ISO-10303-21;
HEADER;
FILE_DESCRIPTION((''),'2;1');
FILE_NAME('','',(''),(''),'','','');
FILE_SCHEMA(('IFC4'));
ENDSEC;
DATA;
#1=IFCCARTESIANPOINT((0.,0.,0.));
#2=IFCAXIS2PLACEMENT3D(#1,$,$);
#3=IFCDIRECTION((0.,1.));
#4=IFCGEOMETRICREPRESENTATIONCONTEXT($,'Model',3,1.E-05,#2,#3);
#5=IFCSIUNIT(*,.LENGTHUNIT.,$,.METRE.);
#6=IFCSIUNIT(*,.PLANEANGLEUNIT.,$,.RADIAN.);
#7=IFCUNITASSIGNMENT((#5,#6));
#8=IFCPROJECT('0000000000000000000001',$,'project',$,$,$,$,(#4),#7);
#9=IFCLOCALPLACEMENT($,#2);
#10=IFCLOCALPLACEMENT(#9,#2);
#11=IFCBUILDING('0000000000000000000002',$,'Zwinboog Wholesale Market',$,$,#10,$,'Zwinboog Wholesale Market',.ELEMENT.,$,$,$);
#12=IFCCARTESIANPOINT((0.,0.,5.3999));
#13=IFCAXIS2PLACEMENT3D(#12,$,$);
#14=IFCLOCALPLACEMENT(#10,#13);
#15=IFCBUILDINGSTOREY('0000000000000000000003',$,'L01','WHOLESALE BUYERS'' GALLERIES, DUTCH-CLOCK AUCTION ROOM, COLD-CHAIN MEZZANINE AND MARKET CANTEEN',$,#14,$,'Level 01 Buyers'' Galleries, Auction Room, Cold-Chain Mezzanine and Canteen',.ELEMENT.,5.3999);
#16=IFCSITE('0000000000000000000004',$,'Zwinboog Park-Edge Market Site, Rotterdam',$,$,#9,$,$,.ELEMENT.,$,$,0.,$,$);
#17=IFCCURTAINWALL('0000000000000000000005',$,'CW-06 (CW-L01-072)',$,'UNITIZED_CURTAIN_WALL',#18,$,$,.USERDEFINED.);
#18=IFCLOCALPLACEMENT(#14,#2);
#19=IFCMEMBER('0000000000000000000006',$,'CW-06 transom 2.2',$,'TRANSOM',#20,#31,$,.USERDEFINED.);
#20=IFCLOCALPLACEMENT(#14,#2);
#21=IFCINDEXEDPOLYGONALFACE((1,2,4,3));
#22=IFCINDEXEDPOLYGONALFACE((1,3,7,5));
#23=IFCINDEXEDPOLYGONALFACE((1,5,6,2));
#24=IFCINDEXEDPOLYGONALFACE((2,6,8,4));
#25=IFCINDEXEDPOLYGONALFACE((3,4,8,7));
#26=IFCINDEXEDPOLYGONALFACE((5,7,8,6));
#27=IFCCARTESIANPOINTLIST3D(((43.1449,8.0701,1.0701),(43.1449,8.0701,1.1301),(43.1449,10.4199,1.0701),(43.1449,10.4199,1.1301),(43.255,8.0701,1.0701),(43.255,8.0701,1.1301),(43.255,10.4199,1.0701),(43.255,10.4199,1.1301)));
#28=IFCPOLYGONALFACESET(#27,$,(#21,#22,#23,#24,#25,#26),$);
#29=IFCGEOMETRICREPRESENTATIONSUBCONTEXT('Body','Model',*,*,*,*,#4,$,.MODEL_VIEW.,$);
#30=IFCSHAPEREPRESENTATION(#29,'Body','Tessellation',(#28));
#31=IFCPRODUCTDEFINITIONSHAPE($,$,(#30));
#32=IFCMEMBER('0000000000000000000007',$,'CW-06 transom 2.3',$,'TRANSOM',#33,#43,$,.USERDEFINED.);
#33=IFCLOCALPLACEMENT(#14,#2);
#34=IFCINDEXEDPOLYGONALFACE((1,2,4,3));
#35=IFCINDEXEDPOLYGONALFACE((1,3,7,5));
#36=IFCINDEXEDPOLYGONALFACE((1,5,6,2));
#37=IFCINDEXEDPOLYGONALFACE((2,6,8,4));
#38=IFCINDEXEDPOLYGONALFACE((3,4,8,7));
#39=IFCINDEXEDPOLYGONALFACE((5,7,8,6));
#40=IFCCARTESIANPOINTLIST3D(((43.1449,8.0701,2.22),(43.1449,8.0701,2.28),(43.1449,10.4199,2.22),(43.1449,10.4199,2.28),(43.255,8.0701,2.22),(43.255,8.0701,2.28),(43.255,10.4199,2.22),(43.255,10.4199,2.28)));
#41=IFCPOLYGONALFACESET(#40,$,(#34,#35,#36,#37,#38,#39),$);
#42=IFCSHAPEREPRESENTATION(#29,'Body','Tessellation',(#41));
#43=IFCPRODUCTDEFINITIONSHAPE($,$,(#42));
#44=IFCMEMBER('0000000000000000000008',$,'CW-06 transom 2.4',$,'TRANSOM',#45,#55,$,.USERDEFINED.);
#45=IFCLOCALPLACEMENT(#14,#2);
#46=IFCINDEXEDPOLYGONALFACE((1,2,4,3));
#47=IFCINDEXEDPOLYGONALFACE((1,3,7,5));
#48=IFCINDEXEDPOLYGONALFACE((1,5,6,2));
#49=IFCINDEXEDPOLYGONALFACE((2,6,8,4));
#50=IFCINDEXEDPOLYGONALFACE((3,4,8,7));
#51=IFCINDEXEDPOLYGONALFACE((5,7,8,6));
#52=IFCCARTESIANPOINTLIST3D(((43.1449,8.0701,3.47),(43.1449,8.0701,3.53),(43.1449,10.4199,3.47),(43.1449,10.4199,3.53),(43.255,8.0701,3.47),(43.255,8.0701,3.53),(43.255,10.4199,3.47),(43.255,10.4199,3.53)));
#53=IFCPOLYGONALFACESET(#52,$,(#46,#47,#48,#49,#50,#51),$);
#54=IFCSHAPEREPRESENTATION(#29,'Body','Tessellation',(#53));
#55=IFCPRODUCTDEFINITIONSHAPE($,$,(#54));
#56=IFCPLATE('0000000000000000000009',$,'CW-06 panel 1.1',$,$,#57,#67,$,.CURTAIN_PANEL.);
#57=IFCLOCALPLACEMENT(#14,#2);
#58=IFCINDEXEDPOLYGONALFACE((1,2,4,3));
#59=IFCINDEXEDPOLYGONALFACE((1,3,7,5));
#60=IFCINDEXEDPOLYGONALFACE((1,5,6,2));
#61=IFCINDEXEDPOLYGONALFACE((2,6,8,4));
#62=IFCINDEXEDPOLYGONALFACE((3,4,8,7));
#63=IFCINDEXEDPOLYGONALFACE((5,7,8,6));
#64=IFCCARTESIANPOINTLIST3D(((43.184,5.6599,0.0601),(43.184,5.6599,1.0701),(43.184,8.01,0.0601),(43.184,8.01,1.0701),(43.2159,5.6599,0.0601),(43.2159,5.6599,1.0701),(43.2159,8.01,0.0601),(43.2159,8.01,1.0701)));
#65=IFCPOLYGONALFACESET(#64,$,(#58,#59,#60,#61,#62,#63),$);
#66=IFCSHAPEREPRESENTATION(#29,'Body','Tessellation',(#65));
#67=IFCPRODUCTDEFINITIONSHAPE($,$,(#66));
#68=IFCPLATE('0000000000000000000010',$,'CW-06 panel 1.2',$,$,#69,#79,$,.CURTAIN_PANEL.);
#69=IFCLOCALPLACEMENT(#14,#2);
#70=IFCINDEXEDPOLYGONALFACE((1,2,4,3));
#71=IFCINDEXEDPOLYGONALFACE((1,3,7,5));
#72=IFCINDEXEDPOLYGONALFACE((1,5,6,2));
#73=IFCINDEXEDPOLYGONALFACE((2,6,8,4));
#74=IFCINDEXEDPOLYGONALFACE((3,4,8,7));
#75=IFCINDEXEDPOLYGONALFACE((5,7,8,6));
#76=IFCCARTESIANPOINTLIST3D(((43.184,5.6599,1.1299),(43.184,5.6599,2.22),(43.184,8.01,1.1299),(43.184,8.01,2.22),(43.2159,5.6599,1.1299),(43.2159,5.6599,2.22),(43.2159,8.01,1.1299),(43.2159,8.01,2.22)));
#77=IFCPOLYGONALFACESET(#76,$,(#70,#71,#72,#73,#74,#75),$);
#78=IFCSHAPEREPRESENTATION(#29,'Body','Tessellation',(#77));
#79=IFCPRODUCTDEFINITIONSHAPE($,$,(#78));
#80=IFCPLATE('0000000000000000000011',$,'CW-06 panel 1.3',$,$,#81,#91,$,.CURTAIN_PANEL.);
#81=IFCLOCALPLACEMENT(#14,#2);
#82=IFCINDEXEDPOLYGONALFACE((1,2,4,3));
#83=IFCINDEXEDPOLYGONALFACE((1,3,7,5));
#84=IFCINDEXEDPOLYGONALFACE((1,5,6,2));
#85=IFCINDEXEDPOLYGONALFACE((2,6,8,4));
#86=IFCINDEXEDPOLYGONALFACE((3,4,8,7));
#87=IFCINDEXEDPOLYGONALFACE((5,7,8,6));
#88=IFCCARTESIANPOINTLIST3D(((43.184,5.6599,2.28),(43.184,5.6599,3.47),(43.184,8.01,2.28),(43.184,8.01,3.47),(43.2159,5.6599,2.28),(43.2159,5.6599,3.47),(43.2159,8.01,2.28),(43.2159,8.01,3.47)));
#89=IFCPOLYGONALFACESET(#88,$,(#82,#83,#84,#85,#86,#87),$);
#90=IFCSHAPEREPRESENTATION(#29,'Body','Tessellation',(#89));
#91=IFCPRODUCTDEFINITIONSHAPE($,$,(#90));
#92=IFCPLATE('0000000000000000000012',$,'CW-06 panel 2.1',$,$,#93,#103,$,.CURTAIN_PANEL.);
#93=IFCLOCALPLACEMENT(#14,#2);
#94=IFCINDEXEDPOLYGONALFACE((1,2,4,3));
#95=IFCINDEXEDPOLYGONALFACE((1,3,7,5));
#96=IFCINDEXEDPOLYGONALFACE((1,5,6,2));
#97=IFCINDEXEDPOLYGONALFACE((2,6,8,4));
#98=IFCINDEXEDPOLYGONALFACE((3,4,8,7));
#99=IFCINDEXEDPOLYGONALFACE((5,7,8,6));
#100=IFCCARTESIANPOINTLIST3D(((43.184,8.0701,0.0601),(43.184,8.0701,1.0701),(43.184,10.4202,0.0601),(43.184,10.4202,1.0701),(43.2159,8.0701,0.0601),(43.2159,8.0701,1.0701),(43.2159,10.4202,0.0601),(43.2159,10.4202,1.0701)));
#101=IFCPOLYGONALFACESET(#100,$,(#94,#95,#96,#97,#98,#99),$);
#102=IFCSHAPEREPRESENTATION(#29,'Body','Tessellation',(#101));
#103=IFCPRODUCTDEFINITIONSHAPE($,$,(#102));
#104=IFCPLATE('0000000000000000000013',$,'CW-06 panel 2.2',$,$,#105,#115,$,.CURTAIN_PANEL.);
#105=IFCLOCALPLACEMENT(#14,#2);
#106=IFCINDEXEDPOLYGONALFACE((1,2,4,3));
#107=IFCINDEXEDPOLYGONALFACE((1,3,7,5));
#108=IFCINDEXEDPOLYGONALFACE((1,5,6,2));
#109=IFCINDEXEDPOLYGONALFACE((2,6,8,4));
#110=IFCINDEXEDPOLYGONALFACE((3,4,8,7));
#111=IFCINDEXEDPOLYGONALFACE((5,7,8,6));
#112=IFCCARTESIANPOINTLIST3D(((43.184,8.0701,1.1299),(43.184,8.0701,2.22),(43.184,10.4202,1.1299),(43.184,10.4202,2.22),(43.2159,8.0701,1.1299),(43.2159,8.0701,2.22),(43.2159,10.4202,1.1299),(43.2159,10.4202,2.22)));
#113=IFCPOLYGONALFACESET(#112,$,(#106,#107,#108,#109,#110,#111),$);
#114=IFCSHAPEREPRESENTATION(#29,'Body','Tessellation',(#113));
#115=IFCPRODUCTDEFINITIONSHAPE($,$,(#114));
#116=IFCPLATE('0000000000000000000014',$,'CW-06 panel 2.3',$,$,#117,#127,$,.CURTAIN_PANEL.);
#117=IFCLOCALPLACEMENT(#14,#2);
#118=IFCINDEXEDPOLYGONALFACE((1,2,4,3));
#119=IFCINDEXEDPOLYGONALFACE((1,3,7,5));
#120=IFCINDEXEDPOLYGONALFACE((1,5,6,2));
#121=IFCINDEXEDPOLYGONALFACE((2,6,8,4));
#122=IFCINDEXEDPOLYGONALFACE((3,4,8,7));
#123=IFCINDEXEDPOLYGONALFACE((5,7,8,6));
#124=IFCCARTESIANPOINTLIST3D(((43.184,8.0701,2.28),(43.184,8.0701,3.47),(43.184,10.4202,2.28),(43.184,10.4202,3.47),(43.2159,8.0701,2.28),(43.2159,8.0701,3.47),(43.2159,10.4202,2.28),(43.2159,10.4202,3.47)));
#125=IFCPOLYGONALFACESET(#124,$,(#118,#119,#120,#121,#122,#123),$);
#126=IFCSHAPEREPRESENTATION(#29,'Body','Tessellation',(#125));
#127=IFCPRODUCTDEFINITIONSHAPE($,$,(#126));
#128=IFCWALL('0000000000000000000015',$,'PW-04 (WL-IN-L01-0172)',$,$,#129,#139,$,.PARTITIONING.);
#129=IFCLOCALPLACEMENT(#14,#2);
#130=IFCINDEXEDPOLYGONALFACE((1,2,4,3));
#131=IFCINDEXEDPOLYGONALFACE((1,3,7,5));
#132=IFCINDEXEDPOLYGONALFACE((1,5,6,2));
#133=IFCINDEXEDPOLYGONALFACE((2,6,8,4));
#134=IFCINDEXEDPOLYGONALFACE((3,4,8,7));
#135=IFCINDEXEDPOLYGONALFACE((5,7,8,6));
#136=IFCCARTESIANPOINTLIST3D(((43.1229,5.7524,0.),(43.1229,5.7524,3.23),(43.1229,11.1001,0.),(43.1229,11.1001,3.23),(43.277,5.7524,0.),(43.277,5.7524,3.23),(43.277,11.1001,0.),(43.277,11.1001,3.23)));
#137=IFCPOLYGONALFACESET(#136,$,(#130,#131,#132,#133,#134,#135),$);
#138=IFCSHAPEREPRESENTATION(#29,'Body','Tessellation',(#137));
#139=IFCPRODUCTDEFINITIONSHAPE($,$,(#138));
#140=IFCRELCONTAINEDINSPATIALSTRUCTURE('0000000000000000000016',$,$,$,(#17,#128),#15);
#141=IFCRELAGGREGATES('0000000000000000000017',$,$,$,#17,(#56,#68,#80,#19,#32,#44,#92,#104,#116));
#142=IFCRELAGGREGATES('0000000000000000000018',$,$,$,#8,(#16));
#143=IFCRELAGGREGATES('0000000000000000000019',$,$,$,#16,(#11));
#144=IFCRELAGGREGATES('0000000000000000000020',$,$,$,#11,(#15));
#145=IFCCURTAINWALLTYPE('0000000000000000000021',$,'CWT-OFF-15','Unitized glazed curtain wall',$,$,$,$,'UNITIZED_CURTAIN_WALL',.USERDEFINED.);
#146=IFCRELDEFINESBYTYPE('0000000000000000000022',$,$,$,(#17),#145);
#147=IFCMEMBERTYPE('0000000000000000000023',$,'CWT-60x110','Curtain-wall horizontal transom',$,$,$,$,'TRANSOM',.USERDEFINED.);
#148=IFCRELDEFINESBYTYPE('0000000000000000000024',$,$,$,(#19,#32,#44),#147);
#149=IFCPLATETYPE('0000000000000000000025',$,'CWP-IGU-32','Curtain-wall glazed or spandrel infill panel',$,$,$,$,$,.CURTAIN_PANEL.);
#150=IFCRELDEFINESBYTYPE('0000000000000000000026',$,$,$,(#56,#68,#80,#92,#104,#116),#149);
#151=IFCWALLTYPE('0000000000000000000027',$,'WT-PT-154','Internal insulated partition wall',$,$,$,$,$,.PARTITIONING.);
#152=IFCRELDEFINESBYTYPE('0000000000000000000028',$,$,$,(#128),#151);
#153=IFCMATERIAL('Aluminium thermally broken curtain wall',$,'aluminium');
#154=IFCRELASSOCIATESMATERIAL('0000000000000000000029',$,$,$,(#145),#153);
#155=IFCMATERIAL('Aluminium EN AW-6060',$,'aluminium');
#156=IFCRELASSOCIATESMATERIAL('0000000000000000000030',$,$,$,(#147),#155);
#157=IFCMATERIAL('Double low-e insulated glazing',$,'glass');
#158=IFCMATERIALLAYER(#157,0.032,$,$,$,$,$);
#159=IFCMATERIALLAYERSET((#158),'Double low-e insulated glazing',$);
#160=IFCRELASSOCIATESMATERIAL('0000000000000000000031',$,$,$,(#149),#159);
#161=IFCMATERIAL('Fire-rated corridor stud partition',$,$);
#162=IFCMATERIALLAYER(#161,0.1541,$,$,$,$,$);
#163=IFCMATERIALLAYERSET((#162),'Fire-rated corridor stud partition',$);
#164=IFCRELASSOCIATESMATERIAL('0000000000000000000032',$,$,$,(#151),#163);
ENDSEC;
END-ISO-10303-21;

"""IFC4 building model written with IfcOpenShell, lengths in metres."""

from ifc_helpers import new_model, si_unit, direction, frame, frame_2d, origin, origin_2d, place, context, subcontext, project, spatial, rectangle, extrude, material, layer, layer_set, material_profile, profile_set, type_object, element, aggregate, save


model = new_model("IFC4")

# Units and contexts
model_context = context("Model", 3, precision=1e-05, world=origin(), true_north=direction((0.0, 1.0)))
body_context = subcontext(model_context, "Body", "Model", "MODEL_VIEW")
ifc_project = project(units=[si_unit("LENGTHUNIT", "METRE"), si_unit("PLANEANGLEUNIT", "RADIAN")], contexts=[model_context])

# Site, building, storey
site_placement = place(None, origin())
site = spatial("IfcSite", under=ifc_project, at=site_placement, Name="Zwinboog Park-Edge Market Site, Rotterdam", CompositionType="ELEMENT", RefElevation=0.0)
building_placement = place(site_placement, origin())
building = spatial("IfcBuilding", under=site, at=building_placement, Name="Zwinboog Wholesale Market", LongName="Zwinboog Wholesale Market", CompositionType="ELEMENT")
storey_placement = place(building_placement, frame((0.0, 0.0, 5.3999)))
storey = spatial("IfcBuildingStorey", under=building, at=storey_placement, Name="L01", Description="WHOLESALE BUYERS' GALLERIES, DUTCH-CLOCK AUCTION ROOM, COLD-CHAIN MEZZANINE AND MARKET CANTEEN", LongName="Level 01 Buyers' Galleries, Auction Room, Cold-Chain Mezzanine and Canteen", CompositionType="ELEMENT", Elevation=5.3999)

# Curtain wall, members, plates
ifc_material_1 = material(Name="Aluminium thermally broken curtain wall", Category="aluminium")
curtain_wall_type = type_object("IfcCurtainWallType", Name="CWT-OFF-15", Description="Unitized glazed curtain wall", ElementType="UNITIZED_CURTAIN_WALL", PredefinedType="USERDEFINED", material=ifc_material_1)
curtain_wall_placement = place(storey_placement, origin())
curtain_wall = element("IfcCurtainWall", 1, at=curtain_wall_placement, inside=storey, type_object=curtain_wall_type, Name="CW-06 (CW-L01-072)", ObjectType="UNITIZED_CURTAIN_WALL", PredefinedType="USERDEFINED")
ifc_material_2 = material(Name="Aluminium EN AW-6060", Category="aluminium")
ifc_material_profile_1 = material_profile(ifc_material_2, rectangle(XDim=0.1101, YDim=0.0601, at=origin_2d()), Name="AL 60x110")
ifc_profile_set_1 = profile_set([ifc_material_profile_1], Name="Aluminium EN AW-6060")
member_type_1 = type_object("IfcMemberType", Name="CWT-60x110", Description="Curtain-wall horizontal transom", ElementType="TRANSOM", PredefinedType="USERDEFINED", material=ifc_profile_set_1)
member_1_placement = place(storey_placement, frame((43.2, 8.0701, 1.1001), z_axis=(0.0, 1.0, 0.0), x_axis=(-1.0, 0.0, 0.0)))
member_1 = element("IfcMember", 2, at=member_1_placement, type_object=member_type_1, Name="CW-06 transom 2.2", ObjectType="TRANSOM", PredefinedType="USERDEFINED", context=body_context, shape_type="SweptSolid", body=[
    extrude(rectangle(XDim=0.1101, YDim=0.0601, at=origin_2d()), origin(), (0.0, 0.0, 1.0), 2.3499),
])
member_2_placement = place(storey_placement, frame((43.2, 8.0701, 2.25), z_axis=(0.0, 1.0, 0.0), x_axis=(-1.0, 0.0, 0.0)))
member_2 = element("IfcMember", 3, at=member_2_placement, type_object=member_type_1, Name="CW-06 transom 2.3", ObjectType="TRANSOM", PredefinedType="USERDEFINED", context=body_context, shape_type="SweptSolid", body=[
    extrude(rectangle(XDim=0.1101, YDim=0.0601, at=origin_2d()), origin(), (0.0, 0.0, 1.0), 2.3499),
])
member_3_placement = place(storey_placement, frame((43.2, 8.0701, 3.5), z_axis=(0.0, 1.0, 0.0), x_axis=(-1.0, 0.0, 0.0)))
member_3 = element("IfcMember", 4, at=member_3_placement, type_object=member_type_1, Name="CW-06 transom 2.4", ObjectType="TRANSOM", PredefinedType="USERDEFINED", context=body_context, shape_type="SweptSolid", body=[
    extrude(rectangle(XDim=0.1101, YDim=0.0601, at=origin_2d()), origin(), (0.0, 0.0, 1.0), 2.3499),
])
ifc_material_3 = material(Name="Double low-e insulated glazing", Category="glass")
ifc_layer_1 = layer(ifc_material_3, 0.032)
ifc_layer_set_1 = layer_set([ifc_layer_1], Name="Double low-e insulated glazing")
plate_type = type_object("IfcPlateType", Name="CWP-IGU-32", Description="Curtain-wall glazed or spandrel infill panel", PredefinedType="CURTAIN_PANEL", material=ifc_layer_set_1)
plate_1_placement = place(storey_placement, frame((43.2, 6.835, 0.0601), z_axis=(0.0, 0.0, 1.0), x_axis=(0.0, 1.0, 0.0)))
plate_1 = element("IfcPlate", 5, at=plate_1_placement, type_object=plate_type, Name="CW-06 panel 1.1", PredefinedType="CURTAIN_PANEL", context=body_context, shape_type="SweptSolid", body=[
    extrude(rectangle(XDim=2.3501, YDim=0.032, at=origin_2d()), origin(), (0.0, 0.0, 1.0), 1.01),
])
plate_2_placement = place(storey_placement, frame((43.2, 6.835, 1.1299), z_axis=(0.0, 0.0, 1.0), x_axis=(0.0, 1.0, 0.0)))
plate_2 = element("IfcPlate", 6, at=plate_2_placement, type_object=plate_type, Name="CW-06 panel 1.2", PredefinedType="CURTAIN_PANEL", context=body_context, shape_type="SweptSolid", body=[
    extrude(rectangle(XDim=2.3501, YDim=0.032, at=origin_2d()), origin(), (0.0, 0.0, 1.0), 1.0901),
])
plate_3_placement = place(storey_placement, frame((43.2, 6.835, 2.28), z_axis=(0.0, 0.0, 1.0), x_axis=(0.0, 1.0, 0.0)))
plate_3 = element("IfcPlate", 7, at=plate_3_placement, type_object=plate_type, Name="CW-06 panel 1.3", PredefinedType="CURTAIN_PANEL", context=body_context, shape_type="SweptSolid", body=[
    extrude(rectangle(XDim=2.3501, YDim=0.032, at=origin_2d()), origin(), (0.0, 0.0, 1.0), 1.1899),
])
plate_4_placement = place(storey_placement, frame((43.2, 9.2451, 0.0601), z_axis=(0.0, 0.0, 1.0), x_axis=(0.0, 1.0, 0.0)))
plate_4 = element("IfcPlate", 8, at=plate_4_placement, type_object=plate_type, Name="CW-06 panel 2.1", PredefinedType="CURTAIN_PANEL", context=body_context, shape_type="SweptSolid", body=[
    extrude(rectangle(XDim=2.3501, YDim=0.032, at=origin_2d()), origin(), (0.0, 0.0, 1.0), 1.01),
])
plate_5_placement = place(storey_placement, frame((43.2, 9.2451, 1.1299), z_axis=(0.0, 0.0, 1.0), x_axis=(0.0, 1.0, 0.0)))
plate_5 = element("IfcPlate", 9, at=plate_5_placement, type_object=plate_type, Name="CW-06 panel 2.2", PredefinedType="CURTAIN_PANEL", context=body_context, shape_type="SweptSolid", body=[
    extrude(rectangle(XDim=2.3501, YDim=0.032, at=origin_2d()), origin(), (0.0, 0.0, 1.0), 1.0901),
])
plate_6_placement = place(storey_placement, frame((43.2, 9.2451, 2.28), z_axis=(0.0, 0.0, 1.0), x_axis=(0.0, 1.0, 0.0)))
plate_6 = element("IfcPlate", 10, at=plate_6_placement, type_object=plate_type, Name="CW-06 panel 2.3", PredefinedType="CURTAIN_PANEL", context=body_context, shape_type="SweptSolid", body=[
    extrude(rectangle(XDim=2.3501, YDim=0.032, at=origin_2d()), origin(), (0.0, 0.0, 1.0), 1.1899),
])
aggregate(curtain_wall, [plate_1, plate_2, plate_3, member_1, member_2, member_3, plate_4, plate_5, plate_6])

# Wall
ifc_material_4 = material(Name="Fire-rated corridor stud partition")
ifc_layer_2 = layer(ifc_material_4, 0.1541)
ifc_layer_set_2 = layer_set([ifc_layer_2], Name="Fire-rated corridor stud partition")
wall_type = type_object("IfcWallType", Name="WT-PT-154", Description="Internal insulated partition wall", PredefinedType="PARTITIONING", material=ifc_layer_set_2)
wall_placement = place(storey_placement, frame((43.2, 5.7524, 0.0), z_axis=(0.0, 0.0, 1.0), x_axis=(0.0, 1.0, 0.0)))
element("IfcWall", 11, at=wall_placement, inside=storey, type_object=wall_type, Name="PW-04 (WL-IN-L01-0172)", PredefinedType="PARTITIONING", context=body_context, shape_type="SweptSolid", body=[
    extrude(rectangle(XDim=5.3477, YDim=0.1541, at=frame_2d((2.6738, 0.0))), origin(), (0.0, 0.0, 1.0), 3.23),
])

save(model, "model.ifc")
